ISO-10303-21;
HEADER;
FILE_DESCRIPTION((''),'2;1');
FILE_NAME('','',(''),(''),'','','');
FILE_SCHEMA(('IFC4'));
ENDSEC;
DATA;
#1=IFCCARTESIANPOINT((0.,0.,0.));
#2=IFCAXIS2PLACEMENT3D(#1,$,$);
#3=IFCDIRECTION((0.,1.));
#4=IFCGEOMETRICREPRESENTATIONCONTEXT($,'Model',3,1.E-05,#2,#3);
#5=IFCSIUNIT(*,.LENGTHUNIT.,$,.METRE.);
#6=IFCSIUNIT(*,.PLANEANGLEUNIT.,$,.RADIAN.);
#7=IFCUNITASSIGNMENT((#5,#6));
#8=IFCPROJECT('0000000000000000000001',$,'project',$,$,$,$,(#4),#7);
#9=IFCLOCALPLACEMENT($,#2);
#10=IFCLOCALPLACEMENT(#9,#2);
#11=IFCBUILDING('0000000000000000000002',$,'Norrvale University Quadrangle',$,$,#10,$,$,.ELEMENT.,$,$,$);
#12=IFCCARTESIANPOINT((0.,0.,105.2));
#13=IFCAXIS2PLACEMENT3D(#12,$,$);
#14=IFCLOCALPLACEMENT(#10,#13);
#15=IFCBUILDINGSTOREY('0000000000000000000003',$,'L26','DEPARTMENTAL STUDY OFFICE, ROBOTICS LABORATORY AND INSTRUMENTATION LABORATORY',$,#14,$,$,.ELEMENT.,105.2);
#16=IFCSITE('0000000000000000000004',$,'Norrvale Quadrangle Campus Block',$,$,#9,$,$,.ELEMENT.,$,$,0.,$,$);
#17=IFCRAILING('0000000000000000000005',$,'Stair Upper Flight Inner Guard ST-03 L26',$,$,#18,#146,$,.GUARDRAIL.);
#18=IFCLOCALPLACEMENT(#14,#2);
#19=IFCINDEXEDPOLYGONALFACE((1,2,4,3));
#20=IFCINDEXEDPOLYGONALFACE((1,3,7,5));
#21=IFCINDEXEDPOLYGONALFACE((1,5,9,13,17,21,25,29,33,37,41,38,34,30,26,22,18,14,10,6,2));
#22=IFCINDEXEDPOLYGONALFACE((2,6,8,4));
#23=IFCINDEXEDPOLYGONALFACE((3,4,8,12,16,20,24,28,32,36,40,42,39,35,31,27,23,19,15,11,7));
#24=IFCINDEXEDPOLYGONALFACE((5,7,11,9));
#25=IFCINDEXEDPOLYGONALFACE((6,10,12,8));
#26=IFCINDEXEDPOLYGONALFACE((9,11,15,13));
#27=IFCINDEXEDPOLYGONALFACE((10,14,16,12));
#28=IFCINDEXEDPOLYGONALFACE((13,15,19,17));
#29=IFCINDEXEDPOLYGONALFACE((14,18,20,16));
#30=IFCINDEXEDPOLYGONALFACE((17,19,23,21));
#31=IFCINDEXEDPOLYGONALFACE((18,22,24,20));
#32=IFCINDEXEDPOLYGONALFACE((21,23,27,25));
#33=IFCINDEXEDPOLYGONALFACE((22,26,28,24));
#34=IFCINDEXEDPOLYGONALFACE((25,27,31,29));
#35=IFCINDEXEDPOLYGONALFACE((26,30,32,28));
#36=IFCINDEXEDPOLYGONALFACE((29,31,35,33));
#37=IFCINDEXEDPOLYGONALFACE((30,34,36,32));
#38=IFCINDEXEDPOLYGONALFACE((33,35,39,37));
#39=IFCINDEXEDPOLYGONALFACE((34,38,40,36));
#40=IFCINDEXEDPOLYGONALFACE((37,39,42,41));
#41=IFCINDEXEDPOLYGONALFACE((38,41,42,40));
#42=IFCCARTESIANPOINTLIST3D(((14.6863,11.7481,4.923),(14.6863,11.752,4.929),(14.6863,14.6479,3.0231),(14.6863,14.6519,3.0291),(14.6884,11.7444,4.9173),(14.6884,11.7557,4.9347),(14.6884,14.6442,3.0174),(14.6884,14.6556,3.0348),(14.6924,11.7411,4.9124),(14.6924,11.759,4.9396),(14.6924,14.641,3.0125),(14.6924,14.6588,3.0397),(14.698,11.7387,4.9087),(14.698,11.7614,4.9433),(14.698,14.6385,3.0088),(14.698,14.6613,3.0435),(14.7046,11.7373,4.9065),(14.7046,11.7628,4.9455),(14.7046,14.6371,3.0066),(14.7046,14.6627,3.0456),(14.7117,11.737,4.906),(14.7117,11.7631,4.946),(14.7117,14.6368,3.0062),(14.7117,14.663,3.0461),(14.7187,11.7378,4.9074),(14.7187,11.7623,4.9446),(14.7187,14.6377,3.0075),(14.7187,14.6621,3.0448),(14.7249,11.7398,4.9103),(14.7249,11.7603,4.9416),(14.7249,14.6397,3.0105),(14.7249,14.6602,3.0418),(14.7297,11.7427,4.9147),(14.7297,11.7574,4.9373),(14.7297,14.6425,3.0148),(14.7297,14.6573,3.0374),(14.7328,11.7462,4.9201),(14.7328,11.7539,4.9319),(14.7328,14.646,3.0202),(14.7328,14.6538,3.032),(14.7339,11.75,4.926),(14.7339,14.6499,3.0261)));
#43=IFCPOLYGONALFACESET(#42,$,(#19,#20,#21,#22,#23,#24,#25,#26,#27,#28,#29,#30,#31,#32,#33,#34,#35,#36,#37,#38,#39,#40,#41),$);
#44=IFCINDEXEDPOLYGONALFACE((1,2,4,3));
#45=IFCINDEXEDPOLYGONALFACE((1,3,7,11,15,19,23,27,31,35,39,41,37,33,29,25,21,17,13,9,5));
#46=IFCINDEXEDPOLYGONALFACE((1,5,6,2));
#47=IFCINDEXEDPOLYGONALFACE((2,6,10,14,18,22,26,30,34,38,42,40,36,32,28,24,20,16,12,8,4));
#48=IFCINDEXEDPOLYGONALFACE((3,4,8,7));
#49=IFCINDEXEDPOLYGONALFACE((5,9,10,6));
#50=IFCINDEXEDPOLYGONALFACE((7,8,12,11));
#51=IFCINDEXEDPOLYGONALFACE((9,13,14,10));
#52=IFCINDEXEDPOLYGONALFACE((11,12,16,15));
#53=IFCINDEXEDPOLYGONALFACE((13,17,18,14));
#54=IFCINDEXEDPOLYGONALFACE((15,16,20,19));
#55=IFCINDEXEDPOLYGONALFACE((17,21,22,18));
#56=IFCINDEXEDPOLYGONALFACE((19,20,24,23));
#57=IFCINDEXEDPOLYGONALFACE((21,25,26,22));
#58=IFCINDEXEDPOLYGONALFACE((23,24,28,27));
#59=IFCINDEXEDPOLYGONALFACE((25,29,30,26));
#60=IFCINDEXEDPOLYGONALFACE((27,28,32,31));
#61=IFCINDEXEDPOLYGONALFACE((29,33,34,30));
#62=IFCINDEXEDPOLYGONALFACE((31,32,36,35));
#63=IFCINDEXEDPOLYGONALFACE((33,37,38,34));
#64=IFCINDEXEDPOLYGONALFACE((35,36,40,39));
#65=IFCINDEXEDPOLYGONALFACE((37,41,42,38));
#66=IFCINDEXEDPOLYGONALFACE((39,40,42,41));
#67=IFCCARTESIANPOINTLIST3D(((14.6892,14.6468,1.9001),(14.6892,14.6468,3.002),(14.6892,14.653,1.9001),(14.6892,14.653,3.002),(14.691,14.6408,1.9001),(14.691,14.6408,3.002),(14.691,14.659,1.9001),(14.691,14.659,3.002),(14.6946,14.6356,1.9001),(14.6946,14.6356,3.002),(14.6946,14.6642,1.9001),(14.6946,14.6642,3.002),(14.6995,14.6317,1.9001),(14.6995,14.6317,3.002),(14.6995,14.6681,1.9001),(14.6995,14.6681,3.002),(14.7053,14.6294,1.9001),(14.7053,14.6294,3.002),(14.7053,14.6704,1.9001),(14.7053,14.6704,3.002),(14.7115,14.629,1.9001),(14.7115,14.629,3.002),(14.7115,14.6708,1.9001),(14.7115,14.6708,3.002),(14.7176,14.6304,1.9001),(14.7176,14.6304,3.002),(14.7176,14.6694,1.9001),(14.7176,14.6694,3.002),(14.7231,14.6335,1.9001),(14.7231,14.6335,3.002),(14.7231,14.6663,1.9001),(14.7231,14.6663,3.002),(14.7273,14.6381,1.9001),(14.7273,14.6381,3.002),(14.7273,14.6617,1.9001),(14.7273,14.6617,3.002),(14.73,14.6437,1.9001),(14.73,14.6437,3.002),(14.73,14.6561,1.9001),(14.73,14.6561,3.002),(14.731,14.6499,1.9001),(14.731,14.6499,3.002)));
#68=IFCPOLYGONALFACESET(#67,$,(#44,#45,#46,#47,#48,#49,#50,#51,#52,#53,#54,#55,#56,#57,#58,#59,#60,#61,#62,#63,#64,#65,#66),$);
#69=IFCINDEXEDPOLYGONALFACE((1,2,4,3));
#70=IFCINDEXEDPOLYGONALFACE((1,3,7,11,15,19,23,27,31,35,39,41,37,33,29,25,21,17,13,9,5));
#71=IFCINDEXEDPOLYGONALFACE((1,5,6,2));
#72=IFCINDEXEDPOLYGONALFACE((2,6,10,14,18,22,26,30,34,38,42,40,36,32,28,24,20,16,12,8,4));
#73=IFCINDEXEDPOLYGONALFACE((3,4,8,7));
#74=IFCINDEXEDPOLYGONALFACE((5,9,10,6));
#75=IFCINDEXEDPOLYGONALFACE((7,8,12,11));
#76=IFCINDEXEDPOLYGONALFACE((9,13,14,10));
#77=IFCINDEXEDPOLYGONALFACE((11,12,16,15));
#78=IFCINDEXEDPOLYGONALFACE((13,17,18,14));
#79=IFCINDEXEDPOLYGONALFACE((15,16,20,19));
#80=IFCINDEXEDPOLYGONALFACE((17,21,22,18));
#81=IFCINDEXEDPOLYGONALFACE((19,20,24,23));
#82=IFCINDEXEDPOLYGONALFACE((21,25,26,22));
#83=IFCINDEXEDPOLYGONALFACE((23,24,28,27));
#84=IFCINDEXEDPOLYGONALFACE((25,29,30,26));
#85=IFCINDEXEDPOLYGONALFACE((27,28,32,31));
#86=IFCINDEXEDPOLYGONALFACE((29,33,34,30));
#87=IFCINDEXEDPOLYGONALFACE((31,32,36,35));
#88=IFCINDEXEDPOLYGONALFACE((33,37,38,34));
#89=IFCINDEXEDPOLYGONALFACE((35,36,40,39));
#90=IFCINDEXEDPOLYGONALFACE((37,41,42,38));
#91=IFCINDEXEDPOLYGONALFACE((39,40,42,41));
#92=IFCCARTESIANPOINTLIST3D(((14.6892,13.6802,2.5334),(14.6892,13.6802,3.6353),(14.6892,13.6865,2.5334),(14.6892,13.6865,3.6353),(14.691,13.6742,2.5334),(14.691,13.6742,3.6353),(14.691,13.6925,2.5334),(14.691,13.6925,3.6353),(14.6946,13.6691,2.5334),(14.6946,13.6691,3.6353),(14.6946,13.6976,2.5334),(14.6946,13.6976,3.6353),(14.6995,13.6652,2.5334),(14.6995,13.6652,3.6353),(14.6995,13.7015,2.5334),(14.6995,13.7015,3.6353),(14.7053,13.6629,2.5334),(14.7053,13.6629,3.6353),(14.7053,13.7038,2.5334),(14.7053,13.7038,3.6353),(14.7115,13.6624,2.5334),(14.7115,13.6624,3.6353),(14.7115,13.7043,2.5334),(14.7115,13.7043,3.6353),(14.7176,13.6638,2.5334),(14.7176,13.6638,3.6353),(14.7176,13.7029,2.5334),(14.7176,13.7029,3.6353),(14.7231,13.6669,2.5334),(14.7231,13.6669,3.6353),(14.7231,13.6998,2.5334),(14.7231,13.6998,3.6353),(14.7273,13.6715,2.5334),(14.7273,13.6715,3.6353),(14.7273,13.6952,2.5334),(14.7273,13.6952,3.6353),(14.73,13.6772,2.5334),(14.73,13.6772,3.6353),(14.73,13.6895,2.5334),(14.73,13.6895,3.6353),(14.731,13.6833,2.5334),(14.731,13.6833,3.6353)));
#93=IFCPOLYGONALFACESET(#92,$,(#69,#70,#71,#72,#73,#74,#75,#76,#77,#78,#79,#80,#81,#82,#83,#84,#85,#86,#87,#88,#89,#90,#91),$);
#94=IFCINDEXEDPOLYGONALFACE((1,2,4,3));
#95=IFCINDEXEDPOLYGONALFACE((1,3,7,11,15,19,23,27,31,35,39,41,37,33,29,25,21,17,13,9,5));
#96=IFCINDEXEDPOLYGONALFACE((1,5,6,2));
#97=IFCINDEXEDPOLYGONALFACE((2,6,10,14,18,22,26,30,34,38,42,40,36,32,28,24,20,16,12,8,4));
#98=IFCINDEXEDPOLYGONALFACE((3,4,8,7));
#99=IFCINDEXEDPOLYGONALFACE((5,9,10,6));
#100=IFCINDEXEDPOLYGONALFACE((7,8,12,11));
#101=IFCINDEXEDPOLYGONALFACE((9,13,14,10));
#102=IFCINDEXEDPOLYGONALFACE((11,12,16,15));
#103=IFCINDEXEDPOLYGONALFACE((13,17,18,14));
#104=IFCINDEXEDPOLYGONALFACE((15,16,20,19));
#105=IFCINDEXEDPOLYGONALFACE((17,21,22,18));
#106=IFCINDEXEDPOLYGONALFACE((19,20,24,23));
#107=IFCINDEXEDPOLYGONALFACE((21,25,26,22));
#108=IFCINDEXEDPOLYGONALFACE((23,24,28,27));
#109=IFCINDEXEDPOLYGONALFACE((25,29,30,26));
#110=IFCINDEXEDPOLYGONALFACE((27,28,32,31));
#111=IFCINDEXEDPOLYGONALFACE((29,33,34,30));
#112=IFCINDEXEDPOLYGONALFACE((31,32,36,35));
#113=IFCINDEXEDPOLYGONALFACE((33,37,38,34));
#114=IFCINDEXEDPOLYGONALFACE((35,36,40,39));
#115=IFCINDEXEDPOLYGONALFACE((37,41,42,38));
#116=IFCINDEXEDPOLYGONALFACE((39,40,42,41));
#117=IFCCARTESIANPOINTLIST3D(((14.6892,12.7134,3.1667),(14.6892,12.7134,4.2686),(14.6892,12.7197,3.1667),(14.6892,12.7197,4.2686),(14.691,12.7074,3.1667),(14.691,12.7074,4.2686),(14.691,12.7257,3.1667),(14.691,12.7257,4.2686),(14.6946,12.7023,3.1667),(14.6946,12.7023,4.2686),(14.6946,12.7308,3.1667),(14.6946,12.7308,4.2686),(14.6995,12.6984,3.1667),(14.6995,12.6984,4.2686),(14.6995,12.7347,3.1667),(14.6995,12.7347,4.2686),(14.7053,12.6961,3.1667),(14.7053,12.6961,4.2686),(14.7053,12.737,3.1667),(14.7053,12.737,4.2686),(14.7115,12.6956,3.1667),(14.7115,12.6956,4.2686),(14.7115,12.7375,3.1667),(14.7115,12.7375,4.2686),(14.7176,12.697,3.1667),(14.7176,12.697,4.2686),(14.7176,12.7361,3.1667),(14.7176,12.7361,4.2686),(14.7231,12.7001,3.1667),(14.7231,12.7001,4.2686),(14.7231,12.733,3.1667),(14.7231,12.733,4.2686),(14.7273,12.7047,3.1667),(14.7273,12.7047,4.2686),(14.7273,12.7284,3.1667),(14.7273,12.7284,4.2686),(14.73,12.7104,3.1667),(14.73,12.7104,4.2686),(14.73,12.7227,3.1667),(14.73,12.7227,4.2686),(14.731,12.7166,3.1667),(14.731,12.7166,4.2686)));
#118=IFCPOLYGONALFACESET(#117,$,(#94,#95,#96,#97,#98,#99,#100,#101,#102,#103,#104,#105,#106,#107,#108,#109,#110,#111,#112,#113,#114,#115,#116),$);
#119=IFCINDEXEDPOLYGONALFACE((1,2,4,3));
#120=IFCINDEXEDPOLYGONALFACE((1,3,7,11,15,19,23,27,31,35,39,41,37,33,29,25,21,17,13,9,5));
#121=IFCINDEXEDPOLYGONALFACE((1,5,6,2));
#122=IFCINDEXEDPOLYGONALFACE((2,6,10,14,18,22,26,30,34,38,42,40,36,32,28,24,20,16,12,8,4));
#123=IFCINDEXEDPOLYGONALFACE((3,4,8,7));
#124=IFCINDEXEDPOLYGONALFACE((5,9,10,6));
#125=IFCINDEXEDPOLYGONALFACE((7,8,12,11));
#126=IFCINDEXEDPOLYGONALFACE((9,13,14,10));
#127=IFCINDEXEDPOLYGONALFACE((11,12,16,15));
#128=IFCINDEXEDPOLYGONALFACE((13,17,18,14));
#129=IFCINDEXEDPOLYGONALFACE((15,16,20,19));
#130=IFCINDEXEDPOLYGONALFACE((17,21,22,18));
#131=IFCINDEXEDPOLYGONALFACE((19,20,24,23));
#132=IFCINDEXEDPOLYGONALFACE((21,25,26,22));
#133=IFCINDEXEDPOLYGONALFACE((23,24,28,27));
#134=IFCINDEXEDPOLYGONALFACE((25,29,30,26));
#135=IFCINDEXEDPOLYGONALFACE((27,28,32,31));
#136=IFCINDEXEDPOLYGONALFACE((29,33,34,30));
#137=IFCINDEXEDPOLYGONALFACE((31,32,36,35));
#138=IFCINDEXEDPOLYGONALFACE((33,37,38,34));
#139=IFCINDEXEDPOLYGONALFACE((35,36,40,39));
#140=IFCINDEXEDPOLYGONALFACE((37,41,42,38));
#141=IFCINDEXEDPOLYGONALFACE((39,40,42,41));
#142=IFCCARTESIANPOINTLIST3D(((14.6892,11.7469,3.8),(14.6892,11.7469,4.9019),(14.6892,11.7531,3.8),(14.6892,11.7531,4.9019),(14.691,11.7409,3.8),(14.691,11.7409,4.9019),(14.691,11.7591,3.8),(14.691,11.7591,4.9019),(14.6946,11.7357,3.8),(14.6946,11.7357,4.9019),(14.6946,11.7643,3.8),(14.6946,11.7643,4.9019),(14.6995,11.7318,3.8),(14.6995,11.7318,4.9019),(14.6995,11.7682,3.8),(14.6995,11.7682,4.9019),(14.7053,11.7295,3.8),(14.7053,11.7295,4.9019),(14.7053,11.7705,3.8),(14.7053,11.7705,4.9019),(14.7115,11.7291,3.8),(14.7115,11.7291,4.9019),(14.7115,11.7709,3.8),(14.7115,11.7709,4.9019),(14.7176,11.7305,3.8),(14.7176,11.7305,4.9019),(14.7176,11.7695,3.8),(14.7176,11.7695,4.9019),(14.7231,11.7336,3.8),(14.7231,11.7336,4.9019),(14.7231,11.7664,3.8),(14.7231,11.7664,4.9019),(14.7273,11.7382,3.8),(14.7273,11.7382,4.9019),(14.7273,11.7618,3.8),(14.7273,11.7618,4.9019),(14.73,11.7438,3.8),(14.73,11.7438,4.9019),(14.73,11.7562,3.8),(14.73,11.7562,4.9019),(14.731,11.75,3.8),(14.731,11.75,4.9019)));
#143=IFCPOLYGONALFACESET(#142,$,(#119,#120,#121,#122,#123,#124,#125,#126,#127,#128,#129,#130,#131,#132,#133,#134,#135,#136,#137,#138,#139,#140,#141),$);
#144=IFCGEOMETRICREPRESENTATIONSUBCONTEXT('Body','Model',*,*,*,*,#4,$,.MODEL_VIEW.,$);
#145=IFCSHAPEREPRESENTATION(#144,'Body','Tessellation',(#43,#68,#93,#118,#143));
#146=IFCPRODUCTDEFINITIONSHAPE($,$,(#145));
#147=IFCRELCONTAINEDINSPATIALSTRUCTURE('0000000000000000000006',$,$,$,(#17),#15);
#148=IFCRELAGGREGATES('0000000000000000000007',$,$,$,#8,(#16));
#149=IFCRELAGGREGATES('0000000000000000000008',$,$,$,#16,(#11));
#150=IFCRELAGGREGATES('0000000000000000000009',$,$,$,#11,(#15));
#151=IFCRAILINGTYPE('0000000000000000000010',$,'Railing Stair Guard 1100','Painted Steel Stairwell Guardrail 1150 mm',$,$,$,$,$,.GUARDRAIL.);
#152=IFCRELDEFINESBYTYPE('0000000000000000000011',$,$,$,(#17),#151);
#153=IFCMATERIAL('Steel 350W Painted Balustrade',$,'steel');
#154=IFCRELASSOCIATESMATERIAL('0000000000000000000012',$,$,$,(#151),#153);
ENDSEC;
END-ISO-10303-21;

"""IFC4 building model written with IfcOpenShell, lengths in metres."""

from ifc_helpers import new_model, si_unit, direction, frame, origin, origin_2d, place, context, subcontext, project, spatial, circle, extrude, material, type_object, element, save


model = new_model("IFC4")

# Units and contexts
model_context = context("Model", 3, precision=1e-05, world=origin(), true_north=direction((0.0, 1.0)))
body_context = subcontext(model_context, "Body", "Model", "MODEL_VIEW")
ifc_project = project(units=[si_unit("LENGTHUNIT", "METRE"), si_unit("PLANEANGLEUNIT", "RADIAN")], contexts=[model_context])

# Site, building, storey
site_placement = place(None, origin())
site = spatial("IfcSite", under=ifc_project, at=site_placement, Name="Norrvale Quadrangle Campus Block", CompositionType="ELEMENT", RefElevation=0.0)
building_placement = place(site_placement, origin())
building = spatial("IfcBuilding", under=site, at=building_placement, Name="Norrvale University Quadrangle", CompositionType="ELEMENT")
storey_placement = place(building_placement, frame((0.0, 0.0, 105.2)))
storey = spatial("IfcBuildingStorey", under=building, at=storey_placement, Name="L26", Description="DEPARTMENTAL STUDY OFFICE, ROBOTICS LABORATORY AND INSTRUMENTATION LABORATORY", CompositionType="ELEMENT", Elevation=105.2)

# Railing
ifc_material_1 = material(Name="Steel 350W Painted Balustrade", Category="steel")
railing_type_1 = type_object("IfcRailingType", Name="Railing Stair Guard 1100", Description="Painted Steel Stairwell Guardrail 1150 mm", PredefinedType="GUARDRAIL", material=ifc_material_1)
railing_1_placement = place(storey_placement, frame((14.71, 14.6499, 1.9001)))
element("IfcRailing", 1, at=railing_1_placement, inside=storey, type_object=railing_type_1, Name="Stair Upper Flight Inner Guard ST-03 L26", PredefinedType="GUARDRAIL", context=body_context, shape_type="SweptSolid", body=[
    extrude(circle(Radius=0.0239, at=origin_2d()), frame((0.0, 0.0, 1.126), z_axis=(0.0, -0.836466, 0.548019), x_axis=(1.0, 0.0, 0.0)), (0.0, 0.0, 1.0), 3.4668),
    extrude(circle(Radius=0.021, at=origin_2d()), origin(), (0.0, 0.0, 1.0), 1.1018),
    extrude(circle(Radius=0.021, at=origin_2d()), frame((0.0, -0.9666, 0.6333)), (0.0, 0.0, 1.0), 1.1018),
    extrude(circle(Radius=0.021, at=origin_2d()), frame((0.0, -1.9333, 1.2666)), (0.0, 0.0, 1.0), 1.1018),
    extrude(circle(Radius=0.021, at=origin_2d()), frame((0.0, -2.8999, 1.8999)), (0.0, 0.0, 1.0), 1.1018),
])

save(model, "model.ifc")
